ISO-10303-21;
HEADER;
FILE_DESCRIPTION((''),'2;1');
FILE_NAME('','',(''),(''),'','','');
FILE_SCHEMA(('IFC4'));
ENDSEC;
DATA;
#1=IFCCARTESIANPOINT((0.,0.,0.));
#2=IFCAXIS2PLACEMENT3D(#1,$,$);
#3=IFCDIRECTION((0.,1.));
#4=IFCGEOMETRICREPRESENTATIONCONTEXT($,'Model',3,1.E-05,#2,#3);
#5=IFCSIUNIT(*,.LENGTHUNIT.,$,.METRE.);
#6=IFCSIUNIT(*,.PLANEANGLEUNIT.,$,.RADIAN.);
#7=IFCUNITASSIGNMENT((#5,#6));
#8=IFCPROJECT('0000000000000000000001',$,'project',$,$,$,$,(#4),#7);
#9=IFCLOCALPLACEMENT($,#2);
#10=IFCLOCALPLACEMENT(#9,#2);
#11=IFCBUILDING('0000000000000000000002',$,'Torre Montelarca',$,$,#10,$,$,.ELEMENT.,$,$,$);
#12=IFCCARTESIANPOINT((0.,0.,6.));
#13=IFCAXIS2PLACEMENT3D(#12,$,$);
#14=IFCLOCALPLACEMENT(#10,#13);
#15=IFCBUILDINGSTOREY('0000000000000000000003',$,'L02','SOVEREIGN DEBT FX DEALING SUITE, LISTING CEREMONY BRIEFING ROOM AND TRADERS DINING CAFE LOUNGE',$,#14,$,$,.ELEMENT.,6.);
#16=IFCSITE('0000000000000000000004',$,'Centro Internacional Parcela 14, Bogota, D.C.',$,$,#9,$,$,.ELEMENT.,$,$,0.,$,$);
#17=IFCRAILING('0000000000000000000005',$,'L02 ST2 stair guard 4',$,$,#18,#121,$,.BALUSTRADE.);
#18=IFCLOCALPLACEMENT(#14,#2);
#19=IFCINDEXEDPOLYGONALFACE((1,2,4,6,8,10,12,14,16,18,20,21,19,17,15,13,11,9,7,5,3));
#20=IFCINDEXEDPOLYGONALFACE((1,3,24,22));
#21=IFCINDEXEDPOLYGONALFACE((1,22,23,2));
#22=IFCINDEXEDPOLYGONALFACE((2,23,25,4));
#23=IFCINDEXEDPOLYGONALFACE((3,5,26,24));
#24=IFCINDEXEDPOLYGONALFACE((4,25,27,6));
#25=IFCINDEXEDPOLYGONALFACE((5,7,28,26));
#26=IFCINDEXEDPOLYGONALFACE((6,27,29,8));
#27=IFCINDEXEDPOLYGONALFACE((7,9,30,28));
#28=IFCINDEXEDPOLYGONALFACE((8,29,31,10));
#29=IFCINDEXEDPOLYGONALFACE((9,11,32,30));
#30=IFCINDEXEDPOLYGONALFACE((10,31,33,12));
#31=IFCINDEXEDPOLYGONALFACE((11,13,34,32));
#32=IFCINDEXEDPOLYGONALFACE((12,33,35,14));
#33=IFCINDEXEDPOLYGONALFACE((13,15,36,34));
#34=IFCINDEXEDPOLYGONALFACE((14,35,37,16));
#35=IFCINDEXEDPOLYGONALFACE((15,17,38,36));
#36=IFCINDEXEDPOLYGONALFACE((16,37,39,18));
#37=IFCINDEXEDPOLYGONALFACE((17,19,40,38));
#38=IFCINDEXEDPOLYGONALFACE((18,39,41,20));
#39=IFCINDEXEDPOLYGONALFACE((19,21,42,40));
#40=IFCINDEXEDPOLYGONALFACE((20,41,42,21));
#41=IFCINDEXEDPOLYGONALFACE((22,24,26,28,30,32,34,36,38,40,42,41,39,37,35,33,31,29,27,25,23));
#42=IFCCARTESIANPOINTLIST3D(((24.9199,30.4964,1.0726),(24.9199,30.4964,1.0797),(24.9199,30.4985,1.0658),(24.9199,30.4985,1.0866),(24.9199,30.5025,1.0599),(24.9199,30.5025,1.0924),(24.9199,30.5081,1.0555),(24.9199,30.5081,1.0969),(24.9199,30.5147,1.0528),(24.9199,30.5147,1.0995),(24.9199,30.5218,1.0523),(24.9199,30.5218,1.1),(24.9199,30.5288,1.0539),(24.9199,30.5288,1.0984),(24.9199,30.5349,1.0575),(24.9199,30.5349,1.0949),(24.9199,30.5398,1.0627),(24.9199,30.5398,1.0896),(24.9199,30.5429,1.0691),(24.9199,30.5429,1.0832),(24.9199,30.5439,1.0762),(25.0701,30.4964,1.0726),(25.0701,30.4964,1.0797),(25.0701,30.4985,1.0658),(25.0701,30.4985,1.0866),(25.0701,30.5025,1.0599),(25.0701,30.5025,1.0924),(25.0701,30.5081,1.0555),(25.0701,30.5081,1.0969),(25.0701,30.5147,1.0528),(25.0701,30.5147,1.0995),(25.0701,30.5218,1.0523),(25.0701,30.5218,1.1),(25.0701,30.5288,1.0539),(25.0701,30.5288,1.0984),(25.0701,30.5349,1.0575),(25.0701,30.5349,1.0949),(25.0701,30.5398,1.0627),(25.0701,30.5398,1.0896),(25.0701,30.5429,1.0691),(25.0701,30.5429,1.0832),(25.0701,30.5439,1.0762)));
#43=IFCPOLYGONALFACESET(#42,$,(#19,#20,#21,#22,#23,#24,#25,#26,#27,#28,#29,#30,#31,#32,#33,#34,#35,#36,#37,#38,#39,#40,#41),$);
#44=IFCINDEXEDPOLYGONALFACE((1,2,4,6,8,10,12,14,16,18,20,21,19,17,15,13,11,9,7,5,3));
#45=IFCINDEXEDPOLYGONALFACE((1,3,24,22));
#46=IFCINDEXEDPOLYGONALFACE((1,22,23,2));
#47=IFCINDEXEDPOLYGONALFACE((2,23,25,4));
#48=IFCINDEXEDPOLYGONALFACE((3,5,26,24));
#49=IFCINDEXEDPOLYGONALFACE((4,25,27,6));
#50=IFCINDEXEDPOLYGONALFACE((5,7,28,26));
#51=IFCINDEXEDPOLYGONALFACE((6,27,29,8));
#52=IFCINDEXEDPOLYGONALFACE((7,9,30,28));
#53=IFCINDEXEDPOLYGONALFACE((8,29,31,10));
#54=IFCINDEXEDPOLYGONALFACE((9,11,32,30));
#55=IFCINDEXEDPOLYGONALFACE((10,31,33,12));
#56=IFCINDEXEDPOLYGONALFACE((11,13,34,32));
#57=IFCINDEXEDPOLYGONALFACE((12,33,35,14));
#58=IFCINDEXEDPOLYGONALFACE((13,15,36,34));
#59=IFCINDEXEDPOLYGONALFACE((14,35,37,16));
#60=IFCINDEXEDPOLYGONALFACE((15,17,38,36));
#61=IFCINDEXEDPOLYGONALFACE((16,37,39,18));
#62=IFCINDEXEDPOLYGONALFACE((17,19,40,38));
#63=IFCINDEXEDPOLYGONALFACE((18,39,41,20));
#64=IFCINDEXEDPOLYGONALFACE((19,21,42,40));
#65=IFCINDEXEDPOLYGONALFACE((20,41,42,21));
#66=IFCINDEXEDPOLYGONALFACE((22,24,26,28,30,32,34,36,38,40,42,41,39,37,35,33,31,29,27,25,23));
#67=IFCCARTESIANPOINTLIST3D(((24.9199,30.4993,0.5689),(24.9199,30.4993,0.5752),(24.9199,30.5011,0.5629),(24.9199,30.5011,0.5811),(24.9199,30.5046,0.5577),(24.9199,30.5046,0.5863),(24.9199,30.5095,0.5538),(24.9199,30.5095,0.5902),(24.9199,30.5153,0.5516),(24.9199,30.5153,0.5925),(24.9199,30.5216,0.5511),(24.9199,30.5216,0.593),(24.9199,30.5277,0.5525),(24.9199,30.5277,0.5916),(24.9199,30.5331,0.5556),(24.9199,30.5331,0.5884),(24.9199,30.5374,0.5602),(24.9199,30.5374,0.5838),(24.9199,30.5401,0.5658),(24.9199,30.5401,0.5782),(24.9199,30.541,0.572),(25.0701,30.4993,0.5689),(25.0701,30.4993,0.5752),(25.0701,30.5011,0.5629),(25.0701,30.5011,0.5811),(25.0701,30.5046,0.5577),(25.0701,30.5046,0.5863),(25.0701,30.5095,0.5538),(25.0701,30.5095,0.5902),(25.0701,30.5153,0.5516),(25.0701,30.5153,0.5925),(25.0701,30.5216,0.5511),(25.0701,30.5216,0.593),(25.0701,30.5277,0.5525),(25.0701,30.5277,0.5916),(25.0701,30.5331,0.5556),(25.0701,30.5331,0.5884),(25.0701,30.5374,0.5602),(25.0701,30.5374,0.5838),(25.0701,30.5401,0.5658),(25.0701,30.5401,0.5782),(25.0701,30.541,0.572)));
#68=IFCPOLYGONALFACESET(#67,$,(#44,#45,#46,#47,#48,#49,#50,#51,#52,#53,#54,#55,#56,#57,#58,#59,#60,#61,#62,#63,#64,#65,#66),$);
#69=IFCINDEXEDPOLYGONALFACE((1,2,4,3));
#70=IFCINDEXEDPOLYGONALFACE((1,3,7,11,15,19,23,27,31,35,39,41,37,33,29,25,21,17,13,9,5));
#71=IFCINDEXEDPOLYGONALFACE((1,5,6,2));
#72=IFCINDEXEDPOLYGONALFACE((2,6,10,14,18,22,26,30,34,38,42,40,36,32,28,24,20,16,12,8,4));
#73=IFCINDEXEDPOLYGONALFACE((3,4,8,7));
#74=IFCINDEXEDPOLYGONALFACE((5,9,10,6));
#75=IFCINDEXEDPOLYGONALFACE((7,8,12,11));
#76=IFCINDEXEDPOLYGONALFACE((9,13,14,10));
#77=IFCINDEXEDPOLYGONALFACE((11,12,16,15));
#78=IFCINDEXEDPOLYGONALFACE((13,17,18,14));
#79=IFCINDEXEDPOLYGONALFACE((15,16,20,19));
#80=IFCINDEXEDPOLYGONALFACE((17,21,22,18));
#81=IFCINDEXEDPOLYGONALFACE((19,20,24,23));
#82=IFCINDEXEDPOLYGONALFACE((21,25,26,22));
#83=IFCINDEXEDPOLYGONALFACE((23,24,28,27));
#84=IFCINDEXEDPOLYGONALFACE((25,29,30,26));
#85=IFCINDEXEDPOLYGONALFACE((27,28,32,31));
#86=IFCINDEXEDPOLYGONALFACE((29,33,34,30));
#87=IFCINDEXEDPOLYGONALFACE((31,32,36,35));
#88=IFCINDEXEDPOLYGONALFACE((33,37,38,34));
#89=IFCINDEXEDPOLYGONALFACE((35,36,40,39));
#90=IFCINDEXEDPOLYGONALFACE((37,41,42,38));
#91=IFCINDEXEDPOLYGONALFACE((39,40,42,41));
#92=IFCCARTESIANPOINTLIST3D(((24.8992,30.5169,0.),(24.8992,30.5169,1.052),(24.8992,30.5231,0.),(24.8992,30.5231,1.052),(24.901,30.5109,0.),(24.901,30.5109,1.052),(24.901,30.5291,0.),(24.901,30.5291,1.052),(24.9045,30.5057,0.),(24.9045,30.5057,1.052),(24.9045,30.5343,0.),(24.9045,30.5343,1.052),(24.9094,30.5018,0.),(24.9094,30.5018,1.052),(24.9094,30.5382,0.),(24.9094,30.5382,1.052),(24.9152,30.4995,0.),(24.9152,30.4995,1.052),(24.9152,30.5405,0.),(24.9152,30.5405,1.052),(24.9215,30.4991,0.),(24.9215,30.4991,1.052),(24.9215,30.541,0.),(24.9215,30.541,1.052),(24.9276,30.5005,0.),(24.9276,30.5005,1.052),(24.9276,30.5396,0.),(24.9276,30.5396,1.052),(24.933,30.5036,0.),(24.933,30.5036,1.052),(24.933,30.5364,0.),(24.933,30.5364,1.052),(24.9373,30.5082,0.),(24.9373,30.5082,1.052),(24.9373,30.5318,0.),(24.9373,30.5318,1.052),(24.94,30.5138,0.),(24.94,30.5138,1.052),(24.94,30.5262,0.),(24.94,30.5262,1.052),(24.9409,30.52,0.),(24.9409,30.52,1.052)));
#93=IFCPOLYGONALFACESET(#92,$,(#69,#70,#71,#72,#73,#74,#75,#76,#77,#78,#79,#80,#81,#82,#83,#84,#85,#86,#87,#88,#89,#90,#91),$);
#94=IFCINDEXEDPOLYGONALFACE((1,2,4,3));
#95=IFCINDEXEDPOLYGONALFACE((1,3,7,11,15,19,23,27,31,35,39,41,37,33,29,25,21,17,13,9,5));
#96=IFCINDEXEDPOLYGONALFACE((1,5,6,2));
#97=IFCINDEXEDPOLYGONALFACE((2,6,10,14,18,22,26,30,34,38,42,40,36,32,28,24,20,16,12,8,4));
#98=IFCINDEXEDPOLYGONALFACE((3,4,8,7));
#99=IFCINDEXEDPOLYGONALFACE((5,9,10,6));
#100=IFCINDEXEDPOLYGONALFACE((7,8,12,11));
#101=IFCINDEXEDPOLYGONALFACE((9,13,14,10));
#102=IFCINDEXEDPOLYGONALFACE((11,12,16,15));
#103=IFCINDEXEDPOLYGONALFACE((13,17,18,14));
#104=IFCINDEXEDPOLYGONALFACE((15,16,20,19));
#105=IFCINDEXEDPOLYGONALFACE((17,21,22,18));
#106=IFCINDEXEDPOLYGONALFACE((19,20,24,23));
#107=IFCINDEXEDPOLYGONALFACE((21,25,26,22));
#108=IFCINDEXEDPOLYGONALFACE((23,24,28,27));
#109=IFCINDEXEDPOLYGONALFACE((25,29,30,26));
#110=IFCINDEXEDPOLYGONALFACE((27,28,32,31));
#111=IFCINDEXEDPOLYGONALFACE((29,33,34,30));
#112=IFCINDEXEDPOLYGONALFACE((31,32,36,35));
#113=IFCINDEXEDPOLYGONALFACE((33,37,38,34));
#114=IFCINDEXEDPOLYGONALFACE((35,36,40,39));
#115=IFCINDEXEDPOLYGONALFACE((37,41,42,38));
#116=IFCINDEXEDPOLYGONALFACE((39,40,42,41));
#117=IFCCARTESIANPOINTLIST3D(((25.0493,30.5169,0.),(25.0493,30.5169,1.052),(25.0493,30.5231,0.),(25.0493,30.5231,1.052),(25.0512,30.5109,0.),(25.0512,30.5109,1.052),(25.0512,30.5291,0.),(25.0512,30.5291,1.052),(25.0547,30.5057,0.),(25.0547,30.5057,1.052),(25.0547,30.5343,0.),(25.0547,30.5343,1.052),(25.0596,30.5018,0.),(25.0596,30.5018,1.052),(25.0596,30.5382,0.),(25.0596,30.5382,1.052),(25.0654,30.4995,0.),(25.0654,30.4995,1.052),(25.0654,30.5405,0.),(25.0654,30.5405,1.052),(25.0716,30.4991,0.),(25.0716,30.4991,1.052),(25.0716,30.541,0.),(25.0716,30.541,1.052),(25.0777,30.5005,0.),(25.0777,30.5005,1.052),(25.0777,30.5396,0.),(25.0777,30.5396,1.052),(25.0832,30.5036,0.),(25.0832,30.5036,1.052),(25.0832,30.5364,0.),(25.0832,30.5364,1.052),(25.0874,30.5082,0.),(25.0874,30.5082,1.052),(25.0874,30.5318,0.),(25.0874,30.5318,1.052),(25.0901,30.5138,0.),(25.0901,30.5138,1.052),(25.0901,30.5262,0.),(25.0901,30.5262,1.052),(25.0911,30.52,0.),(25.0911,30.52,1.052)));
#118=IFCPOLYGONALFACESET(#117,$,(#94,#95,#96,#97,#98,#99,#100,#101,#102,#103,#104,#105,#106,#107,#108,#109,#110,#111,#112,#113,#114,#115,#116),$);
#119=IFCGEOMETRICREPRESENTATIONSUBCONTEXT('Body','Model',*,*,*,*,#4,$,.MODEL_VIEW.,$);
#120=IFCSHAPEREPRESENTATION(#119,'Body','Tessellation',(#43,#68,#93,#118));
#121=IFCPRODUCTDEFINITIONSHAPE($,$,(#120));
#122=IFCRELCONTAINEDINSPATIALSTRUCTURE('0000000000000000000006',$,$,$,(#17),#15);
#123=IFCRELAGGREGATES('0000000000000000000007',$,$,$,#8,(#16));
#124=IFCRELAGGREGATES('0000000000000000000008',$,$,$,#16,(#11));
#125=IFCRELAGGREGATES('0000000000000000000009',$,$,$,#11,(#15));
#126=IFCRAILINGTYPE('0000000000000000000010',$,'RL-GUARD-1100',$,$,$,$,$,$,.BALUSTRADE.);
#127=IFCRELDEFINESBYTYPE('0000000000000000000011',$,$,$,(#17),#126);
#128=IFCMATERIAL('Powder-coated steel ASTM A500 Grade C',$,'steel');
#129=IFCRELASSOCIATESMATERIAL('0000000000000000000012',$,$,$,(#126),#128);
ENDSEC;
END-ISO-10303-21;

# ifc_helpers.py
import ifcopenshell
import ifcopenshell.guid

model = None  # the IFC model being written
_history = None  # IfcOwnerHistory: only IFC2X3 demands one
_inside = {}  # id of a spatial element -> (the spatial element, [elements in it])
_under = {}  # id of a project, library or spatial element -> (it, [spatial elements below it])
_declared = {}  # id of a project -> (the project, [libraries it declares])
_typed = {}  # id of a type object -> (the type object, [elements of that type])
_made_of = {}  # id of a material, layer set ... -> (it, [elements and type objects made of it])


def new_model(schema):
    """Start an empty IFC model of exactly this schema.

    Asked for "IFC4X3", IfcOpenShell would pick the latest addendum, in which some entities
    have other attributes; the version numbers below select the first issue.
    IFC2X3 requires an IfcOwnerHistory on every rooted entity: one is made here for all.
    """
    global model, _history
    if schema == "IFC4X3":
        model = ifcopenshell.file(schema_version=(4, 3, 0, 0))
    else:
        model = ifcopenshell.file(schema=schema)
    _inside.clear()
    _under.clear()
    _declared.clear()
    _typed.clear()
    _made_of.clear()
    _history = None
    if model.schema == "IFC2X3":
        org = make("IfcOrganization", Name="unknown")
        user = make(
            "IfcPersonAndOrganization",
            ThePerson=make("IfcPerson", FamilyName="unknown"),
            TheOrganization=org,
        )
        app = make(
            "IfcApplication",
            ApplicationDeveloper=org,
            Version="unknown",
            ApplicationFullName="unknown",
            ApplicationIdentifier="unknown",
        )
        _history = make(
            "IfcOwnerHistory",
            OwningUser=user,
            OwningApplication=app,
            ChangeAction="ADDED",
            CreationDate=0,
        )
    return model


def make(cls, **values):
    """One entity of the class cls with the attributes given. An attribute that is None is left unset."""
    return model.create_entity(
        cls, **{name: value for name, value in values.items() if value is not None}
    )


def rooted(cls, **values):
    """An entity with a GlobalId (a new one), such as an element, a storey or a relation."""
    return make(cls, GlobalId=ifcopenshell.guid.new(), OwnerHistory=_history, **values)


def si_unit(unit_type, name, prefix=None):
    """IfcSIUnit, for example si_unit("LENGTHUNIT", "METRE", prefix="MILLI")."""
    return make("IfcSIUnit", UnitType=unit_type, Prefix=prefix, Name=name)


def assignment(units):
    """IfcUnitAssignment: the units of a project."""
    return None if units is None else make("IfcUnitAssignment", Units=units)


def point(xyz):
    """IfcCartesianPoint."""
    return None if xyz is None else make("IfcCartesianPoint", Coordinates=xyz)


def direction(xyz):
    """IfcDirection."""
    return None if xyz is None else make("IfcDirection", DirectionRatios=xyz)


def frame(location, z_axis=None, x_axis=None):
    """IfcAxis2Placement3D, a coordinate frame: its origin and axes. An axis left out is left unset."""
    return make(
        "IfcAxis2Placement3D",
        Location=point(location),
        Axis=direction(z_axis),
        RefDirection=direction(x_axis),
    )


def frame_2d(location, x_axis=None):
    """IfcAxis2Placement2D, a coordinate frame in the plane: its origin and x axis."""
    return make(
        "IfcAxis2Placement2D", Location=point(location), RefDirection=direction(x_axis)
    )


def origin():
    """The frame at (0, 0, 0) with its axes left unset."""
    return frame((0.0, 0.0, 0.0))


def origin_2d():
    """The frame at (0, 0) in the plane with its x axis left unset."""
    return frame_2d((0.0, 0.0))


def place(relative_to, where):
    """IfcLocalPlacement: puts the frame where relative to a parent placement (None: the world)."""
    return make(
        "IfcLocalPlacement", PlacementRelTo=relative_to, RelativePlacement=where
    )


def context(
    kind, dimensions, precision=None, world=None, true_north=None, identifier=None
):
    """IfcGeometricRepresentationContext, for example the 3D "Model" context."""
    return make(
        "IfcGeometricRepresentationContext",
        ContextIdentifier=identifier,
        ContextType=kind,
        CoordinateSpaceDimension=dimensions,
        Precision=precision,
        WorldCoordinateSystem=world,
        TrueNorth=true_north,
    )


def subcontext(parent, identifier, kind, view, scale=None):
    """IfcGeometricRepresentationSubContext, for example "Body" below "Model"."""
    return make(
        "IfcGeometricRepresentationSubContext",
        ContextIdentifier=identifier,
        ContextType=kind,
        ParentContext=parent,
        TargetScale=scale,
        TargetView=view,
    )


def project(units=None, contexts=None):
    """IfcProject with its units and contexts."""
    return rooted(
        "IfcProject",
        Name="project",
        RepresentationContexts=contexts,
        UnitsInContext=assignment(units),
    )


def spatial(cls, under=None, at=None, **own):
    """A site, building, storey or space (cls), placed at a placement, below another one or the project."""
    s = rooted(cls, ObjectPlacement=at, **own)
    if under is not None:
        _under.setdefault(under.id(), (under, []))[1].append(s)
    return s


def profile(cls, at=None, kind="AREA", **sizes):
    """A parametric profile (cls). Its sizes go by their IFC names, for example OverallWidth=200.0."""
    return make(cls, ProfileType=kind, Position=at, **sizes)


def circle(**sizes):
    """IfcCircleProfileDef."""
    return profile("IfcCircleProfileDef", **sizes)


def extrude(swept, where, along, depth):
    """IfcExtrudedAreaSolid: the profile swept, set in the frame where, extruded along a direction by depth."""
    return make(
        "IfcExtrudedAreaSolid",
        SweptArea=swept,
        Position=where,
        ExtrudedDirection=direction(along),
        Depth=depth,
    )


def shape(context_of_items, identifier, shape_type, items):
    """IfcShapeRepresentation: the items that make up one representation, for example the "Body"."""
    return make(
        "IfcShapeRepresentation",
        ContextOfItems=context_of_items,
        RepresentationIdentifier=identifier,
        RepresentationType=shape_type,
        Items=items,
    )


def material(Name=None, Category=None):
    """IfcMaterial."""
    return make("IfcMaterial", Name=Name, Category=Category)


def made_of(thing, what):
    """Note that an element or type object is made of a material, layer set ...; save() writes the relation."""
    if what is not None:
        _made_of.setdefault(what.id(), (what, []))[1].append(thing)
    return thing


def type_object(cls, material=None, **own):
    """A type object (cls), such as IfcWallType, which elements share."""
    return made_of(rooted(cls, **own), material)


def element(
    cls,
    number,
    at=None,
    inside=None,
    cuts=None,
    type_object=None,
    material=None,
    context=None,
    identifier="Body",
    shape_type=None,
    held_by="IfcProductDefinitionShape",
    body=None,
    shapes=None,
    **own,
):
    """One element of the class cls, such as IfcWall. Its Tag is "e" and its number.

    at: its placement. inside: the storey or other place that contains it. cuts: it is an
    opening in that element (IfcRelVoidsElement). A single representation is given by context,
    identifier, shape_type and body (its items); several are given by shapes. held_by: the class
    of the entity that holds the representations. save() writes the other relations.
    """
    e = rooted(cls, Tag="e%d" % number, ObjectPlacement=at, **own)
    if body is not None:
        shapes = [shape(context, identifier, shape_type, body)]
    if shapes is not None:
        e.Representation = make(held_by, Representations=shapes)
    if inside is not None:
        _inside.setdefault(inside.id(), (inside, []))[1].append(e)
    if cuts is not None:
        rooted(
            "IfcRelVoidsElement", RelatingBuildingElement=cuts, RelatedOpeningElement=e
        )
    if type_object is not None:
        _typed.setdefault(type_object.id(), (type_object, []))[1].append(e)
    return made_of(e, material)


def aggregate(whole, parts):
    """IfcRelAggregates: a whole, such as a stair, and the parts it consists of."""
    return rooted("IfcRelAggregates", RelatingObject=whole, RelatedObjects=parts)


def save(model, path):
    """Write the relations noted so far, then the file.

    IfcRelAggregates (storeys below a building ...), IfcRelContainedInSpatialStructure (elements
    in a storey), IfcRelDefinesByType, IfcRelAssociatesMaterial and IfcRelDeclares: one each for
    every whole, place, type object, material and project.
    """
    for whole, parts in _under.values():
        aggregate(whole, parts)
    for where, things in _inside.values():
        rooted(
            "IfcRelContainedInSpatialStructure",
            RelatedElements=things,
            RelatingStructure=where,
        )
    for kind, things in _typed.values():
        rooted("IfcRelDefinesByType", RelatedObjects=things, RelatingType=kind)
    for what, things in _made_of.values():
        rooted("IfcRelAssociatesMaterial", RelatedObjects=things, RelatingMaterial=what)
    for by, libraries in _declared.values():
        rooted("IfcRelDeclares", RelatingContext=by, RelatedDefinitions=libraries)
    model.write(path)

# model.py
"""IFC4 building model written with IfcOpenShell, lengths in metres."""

from ifc_helpers import new_model, si_unit, direction, frame, origin, origin_2d, place, context, subcontext, project, spatial, circle, extrude, material, type_object, element, save


model = new_model("IFC4")

# Units and contexts
model_context = context("Model", 3, precision=1e-05, world=origin(), true_north=direction((0.0, 1.0)))
body_context = subcontext(model_context, "Body", "Model", "MODEL_VIEW")
ifc_project = project(units=[si_unit("LENGTHUNIT", "METRE"), si_unit("PLANEANGLEUNIT", "RADIAN")], contexts=[model_context])

# Site, building, storey
site_placement = place(None, origin())
site = spatial("IfcSite", under=ifc_project, at=site_placement, Name="Centro Internacional Parcela 14, Bogota, D.C.", CompositionType="ELEMENT", RefElevation=0.0)
building_placement = place(site_placement, origin())
building = spatial("IfcBuilding", under=site, at=building_placement, Name="Torre Montelarca", CompositionType="ELEMENT")
storey_placement = place(building_placement, frame((0.0, 0.0, 6.0)))
storey = spatial("IfcBuildingStorey", under=building, at=storey_placement, Name="L02", Description="SOVEREIGN DEBT FX DEALING SUITE, LISTING CEREMONY BRIEFING ROOM AND TRADERS DINING CAFE LOUNGE", CompositionType="ELEMENT", Elevation=6.0)

# Railing
ifc_material_1 = material(Name="Powder-coated steel ASTM A500 Grade C", Category="steel")
railing_type_1 = type_object("IfcRailingType", Name="RL-GUARD-1100", PredefinedType="BALUSTRADE", material=ifc_material_1)
railing_1_placement = place(storey_placement, frame((24.9199, 30.52, 0.0)))
element("IfcRailing", 1, at=railing_1_placement, inside=storey, type_object=railing_type_1, Name="L02 ST2 stair guard 4", PredefinedType="BALUSTRADE", context=body_context, shape_type="SweptSolid", body=[
    extrude(circle(Radius=0.0239, at=origin_2d()), frame((0.0, 0.0, 1.0762), z_axis=(1.0, 0.0, 0.0), x_axis=(0.0, 1.0, 0.0)), (0.0, 0.0, 1.0), 0.1501),
    extrude(circle(Radius=0.021, at=origin_2d()), frame((0.0, 0.0, 0.572), z_axis=(1.0, 0.0, 0.0), x_axis=(0.0, 1.0, 0.0)), (0.0, 0.0, 1.0), 0.1501),
    extrude(circle(Radius=0.021, at=origin_2d()), origin(), (0.0, 0.0, 1.0), 1.052),
    extrude(circle(Radius=0.021, at=origin_2d()), frame((0.1501, 0.0, 0.0)), (0.0, 0.0, 1.0), 1.052),
])

save(model, "model.ifc")
